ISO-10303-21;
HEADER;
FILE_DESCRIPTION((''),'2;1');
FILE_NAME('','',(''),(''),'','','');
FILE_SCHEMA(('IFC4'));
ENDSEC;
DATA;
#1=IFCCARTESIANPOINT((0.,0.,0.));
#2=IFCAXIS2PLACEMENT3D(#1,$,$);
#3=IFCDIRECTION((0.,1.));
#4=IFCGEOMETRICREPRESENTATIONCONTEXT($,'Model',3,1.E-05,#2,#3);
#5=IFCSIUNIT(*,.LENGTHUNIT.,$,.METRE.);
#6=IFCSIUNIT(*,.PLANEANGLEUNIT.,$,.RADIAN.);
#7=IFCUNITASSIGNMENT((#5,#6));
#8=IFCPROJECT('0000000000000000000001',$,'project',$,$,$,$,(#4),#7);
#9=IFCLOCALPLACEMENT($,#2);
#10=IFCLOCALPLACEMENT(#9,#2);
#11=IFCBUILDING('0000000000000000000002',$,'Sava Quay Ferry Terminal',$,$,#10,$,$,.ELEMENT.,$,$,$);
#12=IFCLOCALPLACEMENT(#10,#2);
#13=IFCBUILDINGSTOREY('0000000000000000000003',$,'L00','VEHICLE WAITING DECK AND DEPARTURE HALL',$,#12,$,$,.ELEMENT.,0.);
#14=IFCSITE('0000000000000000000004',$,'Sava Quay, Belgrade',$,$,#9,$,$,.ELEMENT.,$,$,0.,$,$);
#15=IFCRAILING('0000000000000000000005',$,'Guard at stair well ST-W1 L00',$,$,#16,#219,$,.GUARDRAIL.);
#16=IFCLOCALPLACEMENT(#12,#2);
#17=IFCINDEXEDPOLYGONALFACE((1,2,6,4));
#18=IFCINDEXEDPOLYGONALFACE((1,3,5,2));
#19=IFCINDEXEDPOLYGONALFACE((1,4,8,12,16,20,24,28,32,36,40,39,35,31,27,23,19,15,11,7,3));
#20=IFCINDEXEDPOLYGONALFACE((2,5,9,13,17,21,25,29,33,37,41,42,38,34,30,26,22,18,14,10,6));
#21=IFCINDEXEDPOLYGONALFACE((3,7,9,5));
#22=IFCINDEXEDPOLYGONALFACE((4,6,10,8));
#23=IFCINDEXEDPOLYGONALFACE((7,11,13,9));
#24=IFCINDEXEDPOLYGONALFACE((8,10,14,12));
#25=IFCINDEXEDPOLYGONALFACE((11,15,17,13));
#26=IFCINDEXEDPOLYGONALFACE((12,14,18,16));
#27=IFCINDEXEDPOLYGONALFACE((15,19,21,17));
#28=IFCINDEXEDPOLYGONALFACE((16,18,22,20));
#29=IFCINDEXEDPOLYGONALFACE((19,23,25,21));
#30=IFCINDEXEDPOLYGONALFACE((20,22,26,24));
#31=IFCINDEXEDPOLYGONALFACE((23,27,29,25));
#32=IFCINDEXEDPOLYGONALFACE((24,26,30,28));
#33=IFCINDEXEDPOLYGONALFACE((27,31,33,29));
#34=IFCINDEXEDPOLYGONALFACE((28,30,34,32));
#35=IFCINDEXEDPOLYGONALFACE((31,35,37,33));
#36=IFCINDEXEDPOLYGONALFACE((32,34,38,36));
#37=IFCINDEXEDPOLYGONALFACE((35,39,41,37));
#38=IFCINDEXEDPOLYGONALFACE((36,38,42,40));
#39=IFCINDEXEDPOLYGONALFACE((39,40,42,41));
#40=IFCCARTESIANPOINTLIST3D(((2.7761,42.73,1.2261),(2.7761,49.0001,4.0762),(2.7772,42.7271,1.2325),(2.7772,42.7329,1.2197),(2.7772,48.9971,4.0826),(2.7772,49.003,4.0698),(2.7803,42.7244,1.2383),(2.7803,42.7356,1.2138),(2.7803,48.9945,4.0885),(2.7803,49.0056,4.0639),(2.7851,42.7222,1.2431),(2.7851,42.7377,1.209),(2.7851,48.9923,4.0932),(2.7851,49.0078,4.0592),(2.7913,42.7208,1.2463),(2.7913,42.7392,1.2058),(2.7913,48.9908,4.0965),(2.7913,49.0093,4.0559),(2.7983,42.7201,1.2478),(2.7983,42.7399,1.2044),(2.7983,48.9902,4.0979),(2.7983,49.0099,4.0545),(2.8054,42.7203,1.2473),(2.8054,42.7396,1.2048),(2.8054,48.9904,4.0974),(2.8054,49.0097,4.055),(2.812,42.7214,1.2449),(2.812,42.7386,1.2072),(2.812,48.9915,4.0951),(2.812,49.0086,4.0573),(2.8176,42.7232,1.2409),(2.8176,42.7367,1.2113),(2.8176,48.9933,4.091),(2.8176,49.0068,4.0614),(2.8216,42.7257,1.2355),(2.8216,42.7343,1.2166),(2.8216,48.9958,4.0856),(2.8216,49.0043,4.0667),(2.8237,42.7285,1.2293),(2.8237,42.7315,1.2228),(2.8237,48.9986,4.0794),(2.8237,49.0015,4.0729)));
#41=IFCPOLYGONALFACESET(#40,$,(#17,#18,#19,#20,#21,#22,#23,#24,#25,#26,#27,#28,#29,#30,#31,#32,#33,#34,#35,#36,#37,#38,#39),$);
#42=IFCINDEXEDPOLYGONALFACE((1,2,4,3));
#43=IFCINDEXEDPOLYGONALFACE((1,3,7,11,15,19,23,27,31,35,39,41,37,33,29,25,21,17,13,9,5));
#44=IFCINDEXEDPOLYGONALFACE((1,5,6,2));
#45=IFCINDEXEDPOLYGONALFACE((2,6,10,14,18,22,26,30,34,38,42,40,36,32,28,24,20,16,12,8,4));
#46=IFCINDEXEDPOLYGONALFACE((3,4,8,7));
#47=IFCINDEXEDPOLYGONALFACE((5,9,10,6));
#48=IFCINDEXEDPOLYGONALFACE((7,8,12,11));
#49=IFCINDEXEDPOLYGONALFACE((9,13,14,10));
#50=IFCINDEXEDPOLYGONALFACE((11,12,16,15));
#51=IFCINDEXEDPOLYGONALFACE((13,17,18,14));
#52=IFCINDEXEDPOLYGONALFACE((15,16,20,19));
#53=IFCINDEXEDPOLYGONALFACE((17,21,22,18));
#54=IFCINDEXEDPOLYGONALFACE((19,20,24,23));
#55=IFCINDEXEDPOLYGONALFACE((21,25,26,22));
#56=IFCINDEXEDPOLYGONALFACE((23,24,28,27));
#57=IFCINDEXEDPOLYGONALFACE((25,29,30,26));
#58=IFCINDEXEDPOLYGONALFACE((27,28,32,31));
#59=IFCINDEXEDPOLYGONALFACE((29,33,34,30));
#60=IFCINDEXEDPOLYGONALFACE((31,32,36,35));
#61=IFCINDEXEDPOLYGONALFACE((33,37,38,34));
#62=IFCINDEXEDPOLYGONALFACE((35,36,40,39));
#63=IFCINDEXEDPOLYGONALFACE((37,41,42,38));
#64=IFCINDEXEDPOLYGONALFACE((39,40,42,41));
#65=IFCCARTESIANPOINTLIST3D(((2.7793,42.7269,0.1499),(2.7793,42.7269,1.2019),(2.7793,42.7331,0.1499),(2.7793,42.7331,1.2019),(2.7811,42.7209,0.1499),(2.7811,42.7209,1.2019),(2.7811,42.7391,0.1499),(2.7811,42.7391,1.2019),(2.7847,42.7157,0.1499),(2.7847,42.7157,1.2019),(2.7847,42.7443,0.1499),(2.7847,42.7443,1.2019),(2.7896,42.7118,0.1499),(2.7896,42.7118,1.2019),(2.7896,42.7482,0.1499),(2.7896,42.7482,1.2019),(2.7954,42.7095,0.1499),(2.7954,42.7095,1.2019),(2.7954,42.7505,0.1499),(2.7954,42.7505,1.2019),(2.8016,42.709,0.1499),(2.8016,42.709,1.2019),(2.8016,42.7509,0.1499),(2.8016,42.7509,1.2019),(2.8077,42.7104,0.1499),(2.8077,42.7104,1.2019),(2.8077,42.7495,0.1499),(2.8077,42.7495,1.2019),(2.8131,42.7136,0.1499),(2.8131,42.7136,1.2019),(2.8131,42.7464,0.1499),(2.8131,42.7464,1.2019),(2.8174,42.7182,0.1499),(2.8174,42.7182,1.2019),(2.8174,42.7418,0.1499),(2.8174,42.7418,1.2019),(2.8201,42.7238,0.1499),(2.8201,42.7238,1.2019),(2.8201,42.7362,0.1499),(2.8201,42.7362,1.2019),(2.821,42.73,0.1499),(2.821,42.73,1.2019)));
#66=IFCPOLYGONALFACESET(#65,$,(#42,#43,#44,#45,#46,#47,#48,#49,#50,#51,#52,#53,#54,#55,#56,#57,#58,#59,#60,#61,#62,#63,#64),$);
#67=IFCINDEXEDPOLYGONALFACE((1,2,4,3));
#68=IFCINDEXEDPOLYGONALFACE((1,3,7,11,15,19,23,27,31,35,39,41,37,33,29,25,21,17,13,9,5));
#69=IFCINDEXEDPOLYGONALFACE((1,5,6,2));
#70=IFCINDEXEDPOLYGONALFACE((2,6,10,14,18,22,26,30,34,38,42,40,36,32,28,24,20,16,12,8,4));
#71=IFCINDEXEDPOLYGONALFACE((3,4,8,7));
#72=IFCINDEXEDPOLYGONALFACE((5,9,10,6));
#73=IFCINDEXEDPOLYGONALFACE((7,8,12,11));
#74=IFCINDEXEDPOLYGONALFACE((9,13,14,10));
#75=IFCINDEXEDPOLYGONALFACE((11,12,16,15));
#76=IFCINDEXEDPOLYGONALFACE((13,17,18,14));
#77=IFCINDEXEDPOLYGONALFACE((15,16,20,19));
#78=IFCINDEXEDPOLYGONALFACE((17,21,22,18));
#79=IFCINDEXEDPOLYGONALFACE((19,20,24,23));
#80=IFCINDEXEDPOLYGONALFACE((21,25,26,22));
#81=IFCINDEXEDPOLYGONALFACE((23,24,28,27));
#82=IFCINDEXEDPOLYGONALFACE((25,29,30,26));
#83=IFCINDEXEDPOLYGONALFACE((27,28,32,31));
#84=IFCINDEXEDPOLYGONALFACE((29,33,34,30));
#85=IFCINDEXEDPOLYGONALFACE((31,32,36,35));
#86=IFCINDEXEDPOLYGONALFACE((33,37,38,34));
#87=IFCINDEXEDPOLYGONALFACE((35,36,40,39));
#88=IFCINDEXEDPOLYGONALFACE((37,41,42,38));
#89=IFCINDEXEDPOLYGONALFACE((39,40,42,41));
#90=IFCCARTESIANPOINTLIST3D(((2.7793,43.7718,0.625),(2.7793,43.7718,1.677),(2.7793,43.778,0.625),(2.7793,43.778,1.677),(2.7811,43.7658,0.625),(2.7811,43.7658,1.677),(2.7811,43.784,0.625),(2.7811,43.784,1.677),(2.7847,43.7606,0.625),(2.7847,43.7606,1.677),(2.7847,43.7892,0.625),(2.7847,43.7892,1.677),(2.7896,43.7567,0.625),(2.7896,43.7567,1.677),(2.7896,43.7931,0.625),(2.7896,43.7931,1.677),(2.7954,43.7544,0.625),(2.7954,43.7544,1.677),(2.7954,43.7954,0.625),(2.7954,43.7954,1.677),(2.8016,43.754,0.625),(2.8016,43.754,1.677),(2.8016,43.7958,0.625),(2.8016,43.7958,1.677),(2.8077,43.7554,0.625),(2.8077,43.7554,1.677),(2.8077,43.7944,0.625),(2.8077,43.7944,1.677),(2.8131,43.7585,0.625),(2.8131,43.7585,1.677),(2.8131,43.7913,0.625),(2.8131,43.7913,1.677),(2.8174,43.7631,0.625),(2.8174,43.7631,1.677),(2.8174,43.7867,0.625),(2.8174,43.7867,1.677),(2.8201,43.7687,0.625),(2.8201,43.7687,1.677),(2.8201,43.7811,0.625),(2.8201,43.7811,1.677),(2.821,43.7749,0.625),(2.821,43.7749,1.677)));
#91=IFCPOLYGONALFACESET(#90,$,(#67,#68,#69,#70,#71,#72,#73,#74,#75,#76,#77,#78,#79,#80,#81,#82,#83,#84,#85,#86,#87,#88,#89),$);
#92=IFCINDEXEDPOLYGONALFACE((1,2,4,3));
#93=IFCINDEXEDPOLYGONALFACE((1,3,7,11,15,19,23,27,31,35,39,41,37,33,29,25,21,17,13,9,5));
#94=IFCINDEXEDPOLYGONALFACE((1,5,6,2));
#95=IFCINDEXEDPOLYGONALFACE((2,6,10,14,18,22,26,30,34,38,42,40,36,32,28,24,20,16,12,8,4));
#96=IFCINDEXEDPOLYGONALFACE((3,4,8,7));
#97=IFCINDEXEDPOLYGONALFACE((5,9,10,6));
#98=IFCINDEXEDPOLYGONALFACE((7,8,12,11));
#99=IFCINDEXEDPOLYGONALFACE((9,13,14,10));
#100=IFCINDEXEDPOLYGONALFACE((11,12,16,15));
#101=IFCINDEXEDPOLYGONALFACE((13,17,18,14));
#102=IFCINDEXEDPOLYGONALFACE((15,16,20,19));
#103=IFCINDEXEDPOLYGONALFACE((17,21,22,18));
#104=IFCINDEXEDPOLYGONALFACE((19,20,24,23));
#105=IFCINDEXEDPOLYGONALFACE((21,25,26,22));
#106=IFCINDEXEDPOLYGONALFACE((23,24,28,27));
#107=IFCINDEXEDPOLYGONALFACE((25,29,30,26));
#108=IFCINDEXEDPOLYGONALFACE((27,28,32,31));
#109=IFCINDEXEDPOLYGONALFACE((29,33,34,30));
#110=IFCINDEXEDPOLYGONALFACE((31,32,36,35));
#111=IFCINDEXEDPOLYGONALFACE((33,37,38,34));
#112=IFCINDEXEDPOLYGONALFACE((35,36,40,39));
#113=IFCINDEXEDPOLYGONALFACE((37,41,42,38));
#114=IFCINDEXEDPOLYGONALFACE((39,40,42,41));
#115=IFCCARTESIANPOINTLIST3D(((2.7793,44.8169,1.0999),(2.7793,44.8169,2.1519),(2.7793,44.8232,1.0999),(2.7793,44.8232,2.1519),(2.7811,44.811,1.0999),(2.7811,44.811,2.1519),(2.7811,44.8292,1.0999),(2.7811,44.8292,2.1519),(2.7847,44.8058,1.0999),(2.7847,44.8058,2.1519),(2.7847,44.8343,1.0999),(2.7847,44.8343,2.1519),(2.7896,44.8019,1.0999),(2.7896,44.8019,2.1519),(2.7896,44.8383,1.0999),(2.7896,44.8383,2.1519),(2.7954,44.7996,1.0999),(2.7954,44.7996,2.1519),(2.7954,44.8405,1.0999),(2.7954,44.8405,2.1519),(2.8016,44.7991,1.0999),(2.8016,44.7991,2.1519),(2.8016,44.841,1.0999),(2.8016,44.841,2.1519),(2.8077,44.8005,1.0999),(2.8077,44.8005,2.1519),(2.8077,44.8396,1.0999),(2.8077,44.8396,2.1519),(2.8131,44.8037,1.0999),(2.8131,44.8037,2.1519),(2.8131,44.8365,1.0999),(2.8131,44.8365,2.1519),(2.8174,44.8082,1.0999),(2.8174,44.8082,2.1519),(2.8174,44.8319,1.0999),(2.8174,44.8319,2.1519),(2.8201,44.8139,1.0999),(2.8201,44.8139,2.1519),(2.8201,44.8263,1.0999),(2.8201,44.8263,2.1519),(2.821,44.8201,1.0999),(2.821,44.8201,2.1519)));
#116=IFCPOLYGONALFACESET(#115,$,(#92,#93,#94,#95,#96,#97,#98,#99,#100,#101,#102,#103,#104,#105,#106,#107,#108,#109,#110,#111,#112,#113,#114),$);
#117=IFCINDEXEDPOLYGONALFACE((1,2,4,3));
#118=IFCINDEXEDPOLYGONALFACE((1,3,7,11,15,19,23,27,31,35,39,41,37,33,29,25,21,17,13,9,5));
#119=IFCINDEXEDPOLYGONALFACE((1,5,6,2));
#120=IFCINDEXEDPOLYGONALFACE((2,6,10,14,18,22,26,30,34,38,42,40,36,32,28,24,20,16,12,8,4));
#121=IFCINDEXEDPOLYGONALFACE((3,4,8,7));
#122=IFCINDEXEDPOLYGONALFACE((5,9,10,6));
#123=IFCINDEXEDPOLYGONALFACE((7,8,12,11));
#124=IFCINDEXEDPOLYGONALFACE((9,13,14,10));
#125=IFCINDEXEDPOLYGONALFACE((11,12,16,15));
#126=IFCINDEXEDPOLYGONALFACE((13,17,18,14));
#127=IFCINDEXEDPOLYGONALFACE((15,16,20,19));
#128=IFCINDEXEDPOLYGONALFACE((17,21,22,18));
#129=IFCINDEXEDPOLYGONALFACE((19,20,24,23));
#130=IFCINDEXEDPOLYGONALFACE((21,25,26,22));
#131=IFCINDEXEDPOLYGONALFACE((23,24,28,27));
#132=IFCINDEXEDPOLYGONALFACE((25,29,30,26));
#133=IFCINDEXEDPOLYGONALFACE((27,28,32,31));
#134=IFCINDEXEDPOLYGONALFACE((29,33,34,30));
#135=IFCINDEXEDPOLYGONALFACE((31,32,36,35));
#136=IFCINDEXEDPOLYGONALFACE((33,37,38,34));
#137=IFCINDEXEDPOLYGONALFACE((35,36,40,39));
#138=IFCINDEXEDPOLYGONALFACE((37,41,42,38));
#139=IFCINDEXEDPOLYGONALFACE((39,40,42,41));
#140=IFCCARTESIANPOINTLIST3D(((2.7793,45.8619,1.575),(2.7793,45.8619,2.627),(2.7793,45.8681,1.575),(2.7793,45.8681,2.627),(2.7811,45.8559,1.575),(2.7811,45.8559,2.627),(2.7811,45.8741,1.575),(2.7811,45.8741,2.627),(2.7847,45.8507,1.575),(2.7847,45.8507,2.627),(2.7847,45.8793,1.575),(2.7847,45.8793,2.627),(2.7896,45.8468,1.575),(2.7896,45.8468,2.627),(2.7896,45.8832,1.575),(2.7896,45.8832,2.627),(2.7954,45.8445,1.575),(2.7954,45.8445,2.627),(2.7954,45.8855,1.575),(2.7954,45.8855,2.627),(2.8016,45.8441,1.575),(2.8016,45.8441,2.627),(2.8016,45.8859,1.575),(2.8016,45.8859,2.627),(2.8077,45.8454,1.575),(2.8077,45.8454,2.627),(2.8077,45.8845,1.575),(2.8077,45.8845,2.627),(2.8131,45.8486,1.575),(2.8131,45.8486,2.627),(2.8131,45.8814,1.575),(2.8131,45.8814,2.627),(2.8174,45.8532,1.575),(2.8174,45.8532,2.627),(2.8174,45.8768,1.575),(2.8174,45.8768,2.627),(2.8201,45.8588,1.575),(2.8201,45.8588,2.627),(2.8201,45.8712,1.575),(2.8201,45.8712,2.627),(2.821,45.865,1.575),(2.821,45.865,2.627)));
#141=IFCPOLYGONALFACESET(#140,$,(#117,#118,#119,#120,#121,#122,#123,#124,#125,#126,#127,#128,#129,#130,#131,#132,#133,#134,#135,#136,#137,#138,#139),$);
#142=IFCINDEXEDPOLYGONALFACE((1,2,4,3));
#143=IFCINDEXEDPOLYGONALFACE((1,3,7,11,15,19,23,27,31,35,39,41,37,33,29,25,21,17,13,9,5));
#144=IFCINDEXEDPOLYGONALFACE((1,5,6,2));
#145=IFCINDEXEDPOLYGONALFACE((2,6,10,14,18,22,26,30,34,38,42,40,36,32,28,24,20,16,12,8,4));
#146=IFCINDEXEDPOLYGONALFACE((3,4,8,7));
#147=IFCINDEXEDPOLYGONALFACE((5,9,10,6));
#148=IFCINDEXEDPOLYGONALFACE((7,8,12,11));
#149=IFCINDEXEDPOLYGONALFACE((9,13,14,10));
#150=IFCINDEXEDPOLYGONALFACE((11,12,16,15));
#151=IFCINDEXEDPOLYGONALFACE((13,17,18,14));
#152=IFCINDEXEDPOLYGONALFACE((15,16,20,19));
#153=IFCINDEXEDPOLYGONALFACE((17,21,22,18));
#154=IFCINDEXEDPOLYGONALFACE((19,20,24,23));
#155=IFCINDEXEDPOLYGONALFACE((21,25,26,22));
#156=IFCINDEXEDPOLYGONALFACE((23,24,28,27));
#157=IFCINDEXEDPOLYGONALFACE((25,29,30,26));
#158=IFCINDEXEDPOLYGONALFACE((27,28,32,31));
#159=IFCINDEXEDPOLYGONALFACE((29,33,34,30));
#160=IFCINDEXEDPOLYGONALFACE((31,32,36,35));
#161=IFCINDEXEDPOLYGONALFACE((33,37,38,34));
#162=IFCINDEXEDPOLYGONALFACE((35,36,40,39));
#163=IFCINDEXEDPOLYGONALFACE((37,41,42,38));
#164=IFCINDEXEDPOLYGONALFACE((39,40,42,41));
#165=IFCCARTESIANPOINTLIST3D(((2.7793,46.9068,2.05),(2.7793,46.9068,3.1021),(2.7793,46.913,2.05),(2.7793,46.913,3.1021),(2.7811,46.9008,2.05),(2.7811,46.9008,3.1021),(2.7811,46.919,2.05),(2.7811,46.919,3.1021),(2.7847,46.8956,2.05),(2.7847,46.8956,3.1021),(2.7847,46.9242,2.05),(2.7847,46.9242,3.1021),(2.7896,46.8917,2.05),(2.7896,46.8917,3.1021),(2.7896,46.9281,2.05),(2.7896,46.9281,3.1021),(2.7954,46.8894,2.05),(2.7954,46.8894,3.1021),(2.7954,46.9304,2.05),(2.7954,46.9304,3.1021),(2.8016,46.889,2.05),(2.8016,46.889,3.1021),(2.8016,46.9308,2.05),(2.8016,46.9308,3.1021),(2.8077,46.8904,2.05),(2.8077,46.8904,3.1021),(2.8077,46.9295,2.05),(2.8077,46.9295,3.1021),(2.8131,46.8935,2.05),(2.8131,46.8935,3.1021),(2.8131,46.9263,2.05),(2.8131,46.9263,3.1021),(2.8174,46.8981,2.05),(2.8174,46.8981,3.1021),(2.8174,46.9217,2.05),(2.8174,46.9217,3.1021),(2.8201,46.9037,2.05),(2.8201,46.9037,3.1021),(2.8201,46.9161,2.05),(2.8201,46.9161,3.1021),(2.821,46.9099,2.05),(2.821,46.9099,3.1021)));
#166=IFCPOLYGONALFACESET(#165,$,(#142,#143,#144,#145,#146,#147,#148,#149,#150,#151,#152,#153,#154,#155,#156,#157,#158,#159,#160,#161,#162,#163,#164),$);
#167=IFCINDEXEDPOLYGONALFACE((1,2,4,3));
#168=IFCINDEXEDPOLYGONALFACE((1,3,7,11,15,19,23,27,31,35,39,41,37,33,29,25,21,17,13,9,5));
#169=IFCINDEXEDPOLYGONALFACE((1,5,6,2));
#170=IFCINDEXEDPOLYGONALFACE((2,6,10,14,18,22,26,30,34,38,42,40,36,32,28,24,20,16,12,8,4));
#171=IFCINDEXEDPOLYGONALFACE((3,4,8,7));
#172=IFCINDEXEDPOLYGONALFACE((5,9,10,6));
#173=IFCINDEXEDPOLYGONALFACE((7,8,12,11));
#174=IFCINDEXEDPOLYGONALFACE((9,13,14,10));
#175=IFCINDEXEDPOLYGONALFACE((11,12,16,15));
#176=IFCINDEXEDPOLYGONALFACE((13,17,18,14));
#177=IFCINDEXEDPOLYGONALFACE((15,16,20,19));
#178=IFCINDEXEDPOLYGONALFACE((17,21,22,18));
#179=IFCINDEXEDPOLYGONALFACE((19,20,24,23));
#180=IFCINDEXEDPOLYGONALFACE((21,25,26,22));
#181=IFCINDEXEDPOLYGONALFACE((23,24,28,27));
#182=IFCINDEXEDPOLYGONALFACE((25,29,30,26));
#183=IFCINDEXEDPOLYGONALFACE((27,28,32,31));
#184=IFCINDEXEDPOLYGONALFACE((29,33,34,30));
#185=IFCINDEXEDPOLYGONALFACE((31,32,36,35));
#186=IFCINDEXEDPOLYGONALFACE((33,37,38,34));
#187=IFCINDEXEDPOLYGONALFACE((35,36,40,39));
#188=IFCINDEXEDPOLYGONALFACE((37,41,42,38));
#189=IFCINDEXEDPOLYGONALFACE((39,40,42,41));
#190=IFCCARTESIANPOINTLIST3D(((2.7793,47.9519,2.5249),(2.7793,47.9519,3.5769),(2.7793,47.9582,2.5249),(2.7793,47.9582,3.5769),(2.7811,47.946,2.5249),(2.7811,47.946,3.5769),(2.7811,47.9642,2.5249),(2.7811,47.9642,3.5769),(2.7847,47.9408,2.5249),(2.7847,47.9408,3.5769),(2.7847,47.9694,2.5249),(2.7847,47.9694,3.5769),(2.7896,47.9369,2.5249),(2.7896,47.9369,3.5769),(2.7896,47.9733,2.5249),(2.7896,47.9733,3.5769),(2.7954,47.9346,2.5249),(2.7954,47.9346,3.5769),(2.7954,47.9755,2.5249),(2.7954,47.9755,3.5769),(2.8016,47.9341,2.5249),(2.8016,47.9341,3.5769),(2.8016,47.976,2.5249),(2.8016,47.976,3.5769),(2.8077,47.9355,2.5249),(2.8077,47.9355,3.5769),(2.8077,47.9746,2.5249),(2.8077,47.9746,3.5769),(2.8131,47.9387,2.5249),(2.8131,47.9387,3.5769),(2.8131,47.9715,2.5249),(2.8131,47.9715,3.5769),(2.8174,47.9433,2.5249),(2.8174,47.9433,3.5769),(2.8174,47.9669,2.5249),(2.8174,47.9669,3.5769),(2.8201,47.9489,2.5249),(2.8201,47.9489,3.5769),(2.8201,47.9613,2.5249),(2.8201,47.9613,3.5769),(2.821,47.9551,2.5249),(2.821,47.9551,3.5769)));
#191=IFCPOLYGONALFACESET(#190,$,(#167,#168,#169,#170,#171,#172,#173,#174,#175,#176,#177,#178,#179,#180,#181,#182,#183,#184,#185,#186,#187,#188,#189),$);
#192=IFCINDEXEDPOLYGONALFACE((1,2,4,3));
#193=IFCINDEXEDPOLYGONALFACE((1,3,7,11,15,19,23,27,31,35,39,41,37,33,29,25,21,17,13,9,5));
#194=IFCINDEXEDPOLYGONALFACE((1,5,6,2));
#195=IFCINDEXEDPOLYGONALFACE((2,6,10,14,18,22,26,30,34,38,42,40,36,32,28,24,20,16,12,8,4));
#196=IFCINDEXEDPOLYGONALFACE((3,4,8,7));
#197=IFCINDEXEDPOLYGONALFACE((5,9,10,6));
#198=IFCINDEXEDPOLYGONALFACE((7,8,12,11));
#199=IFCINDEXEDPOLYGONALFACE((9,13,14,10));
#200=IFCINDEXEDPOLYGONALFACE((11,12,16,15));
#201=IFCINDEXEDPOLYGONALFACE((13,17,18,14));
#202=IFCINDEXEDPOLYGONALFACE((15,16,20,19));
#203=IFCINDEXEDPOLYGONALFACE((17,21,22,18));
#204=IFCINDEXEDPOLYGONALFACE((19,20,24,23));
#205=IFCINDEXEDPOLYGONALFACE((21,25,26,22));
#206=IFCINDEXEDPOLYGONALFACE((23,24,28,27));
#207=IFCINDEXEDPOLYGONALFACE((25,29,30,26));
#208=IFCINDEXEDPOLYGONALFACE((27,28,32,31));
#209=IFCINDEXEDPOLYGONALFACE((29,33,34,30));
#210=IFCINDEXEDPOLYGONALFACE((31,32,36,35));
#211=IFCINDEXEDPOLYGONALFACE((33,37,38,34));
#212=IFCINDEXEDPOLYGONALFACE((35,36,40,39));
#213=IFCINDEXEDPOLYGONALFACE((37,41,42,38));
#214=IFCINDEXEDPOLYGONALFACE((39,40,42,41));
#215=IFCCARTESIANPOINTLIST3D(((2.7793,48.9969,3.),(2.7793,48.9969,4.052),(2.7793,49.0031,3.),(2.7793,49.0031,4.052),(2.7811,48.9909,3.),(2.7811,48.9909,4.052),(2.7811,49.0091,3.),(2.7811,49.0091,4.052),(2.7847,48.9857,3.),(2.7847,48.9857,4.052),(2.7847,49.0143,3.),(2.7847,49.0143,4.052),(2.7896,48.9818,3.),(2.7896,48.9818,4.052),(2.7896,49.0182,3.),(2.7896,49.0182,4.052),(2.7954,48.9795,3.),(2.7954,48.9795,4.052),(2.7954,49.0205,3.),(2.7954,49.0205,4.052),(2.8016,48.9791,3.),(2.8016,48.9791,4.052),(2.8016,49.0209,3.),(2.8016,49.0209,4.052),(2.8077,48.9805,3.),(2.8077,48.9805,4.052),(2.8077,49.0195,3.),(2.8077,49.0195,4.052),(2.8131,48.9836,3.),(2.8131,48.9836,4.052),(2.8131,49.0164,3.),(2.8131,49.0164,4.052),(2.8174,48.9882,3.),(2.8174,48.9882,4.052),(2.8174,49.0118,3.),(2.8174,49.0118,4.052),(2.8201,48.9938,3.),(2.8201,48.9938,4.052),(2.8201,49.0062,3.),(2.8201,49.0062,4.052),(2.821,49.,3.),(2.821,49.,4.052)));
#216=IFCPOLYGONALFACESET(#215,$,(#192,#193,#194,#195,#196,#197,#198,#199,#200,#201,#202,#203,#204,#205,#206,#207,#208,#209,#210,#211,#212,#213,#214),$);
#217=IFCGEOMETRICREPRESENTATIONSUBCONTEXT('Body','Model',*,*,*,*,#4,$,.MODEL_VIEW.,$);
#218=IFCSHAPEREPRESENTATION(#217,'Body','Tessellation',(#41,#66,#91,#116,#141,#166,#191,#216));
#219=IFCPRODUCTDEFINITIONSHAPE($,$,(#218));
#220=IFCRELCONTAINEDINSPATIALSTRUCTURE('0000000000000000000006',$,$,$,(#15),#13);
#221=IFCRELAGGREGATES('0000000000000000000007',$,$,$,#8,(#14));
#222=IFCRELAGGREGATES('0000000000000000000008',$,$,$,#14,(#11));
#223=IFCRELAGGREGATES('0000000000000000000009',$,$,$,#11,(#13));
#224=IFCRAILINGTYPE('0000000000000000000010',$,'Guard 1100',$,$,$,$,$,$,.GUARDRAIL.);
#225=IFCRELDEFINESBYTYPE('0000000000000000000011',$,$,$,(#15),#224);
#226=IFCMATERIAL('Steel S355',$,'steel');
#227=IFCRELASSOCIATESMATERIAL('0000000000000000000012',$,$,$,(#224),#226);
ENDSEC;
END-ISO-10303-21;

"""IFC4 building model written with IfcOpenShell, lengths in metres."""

from ifc_helpers import new_model, si_unit, direction, frame, origin, origin_2d, place, context, subcontext, project, spatial, circle, extrude, material, type_object, element, save


model = new_model("IFC4")

# Units and contexts
model_context = context("Model", 3, precision=1e-05, world=origin(), true_north=direction((0.0, 1.0)))
body_context = subcontext(model_context, "Body", "Model", "MODEL_VIEW")
ifc_project = project(units=[si_unit("LENGTHUNIT", "METRE"), si_unit("PLANEANGLEUNIT", "RADIAN")], contexts=[model_context])

# Site, building, storey
site_placement = place(None, origin())
site = spatial("IfcSite", under=ifc_project, at=site_placement, Name="Sava Quay, Belgrade", CompositionType="ELEMENT", RefElevation=0.0)
building_placement = place(site_placement, origin())
building = spatial("IfcBuilding", under=site, at=building_placement, Name="Sava Quay Ferry Terminal", CompositionType="ELEMENT")
storey_placement = place(building_placement, origin())
storey = spatial("IfcBuildingStorey", under=building, at=storey_placement, Name="L00", Description="VEHICLE WAITING DECK AND DEPARTURE HALL", CompositionType="ELEMENT", Elevation=0.0)

# Railing
ifc_material_1 = material(Name="Steel S355", Category="steel")
railing_type_1 = type_object("IfcRailingType", Name="Guard 1100", PredefinedType="GUARDRAIL", material=ifc_material_1)
railing_1_placement = place(storey_placement, frame((2.8, 42.73, 0.1499)))
element("IfcRailing", 1, at=railing_1_placement, inside=storey, type_object=railing_type_1, Name="Guard at stair well ST-W1 L00", PredefinedType="GUARDRAIL", context=body_context, shape_type="SweptSolid", body=[
    extrude(circle(Radius=0.0239, at=origin_2d()), frame((0.0, 0.0, 1.0762), z_axis=(0.0, 0.910362, 0.413814), x_axis=(-1.0, 0.0, 0.0)), (0.0, 0.0, 1.0), 6.8875),
    extrude(circle(Radius=0.021, at=origin_2d()), origin(), (0.0, 0.0, 1.0), 1.052),
    extrude(circle(Radius=0.021, at=origin_2d()), frame((0.0, 1.0449, 0.4751)), (0.0, 0.0, 1.0), 1.052),
    extrude(circle(Radius=0.021, at=origin_2d()), frame((0.0, 2.0901, 0.95)), (0.0, 0.0, 1.0), 1.052),
    extrude(circle(Radius=0.021, at=origin_2d()), frame((0.0, 3.135, 1.425)), (0.0, 0.0, 1.0), 1.052),
    extrude(circle(Radius=0.021, at=origin_2d()), frame((0.0, 4.1799, 1.9001)), (0.0, 0.0, 1.0), 1.052),
    extrude(circle(Radius=0.021, at=origin_2d()), frame((0.0, 5.2251, 2.375)), (0.0, 0.0, 1.0), 1.052),
    extrude(circle(Radius=0.021, at=origin_2d()), frame((0.0, 6.27, 2.8501)), (0.0, 0.0, 1.0), 1.052),
])

save(model, "model.ifc")
